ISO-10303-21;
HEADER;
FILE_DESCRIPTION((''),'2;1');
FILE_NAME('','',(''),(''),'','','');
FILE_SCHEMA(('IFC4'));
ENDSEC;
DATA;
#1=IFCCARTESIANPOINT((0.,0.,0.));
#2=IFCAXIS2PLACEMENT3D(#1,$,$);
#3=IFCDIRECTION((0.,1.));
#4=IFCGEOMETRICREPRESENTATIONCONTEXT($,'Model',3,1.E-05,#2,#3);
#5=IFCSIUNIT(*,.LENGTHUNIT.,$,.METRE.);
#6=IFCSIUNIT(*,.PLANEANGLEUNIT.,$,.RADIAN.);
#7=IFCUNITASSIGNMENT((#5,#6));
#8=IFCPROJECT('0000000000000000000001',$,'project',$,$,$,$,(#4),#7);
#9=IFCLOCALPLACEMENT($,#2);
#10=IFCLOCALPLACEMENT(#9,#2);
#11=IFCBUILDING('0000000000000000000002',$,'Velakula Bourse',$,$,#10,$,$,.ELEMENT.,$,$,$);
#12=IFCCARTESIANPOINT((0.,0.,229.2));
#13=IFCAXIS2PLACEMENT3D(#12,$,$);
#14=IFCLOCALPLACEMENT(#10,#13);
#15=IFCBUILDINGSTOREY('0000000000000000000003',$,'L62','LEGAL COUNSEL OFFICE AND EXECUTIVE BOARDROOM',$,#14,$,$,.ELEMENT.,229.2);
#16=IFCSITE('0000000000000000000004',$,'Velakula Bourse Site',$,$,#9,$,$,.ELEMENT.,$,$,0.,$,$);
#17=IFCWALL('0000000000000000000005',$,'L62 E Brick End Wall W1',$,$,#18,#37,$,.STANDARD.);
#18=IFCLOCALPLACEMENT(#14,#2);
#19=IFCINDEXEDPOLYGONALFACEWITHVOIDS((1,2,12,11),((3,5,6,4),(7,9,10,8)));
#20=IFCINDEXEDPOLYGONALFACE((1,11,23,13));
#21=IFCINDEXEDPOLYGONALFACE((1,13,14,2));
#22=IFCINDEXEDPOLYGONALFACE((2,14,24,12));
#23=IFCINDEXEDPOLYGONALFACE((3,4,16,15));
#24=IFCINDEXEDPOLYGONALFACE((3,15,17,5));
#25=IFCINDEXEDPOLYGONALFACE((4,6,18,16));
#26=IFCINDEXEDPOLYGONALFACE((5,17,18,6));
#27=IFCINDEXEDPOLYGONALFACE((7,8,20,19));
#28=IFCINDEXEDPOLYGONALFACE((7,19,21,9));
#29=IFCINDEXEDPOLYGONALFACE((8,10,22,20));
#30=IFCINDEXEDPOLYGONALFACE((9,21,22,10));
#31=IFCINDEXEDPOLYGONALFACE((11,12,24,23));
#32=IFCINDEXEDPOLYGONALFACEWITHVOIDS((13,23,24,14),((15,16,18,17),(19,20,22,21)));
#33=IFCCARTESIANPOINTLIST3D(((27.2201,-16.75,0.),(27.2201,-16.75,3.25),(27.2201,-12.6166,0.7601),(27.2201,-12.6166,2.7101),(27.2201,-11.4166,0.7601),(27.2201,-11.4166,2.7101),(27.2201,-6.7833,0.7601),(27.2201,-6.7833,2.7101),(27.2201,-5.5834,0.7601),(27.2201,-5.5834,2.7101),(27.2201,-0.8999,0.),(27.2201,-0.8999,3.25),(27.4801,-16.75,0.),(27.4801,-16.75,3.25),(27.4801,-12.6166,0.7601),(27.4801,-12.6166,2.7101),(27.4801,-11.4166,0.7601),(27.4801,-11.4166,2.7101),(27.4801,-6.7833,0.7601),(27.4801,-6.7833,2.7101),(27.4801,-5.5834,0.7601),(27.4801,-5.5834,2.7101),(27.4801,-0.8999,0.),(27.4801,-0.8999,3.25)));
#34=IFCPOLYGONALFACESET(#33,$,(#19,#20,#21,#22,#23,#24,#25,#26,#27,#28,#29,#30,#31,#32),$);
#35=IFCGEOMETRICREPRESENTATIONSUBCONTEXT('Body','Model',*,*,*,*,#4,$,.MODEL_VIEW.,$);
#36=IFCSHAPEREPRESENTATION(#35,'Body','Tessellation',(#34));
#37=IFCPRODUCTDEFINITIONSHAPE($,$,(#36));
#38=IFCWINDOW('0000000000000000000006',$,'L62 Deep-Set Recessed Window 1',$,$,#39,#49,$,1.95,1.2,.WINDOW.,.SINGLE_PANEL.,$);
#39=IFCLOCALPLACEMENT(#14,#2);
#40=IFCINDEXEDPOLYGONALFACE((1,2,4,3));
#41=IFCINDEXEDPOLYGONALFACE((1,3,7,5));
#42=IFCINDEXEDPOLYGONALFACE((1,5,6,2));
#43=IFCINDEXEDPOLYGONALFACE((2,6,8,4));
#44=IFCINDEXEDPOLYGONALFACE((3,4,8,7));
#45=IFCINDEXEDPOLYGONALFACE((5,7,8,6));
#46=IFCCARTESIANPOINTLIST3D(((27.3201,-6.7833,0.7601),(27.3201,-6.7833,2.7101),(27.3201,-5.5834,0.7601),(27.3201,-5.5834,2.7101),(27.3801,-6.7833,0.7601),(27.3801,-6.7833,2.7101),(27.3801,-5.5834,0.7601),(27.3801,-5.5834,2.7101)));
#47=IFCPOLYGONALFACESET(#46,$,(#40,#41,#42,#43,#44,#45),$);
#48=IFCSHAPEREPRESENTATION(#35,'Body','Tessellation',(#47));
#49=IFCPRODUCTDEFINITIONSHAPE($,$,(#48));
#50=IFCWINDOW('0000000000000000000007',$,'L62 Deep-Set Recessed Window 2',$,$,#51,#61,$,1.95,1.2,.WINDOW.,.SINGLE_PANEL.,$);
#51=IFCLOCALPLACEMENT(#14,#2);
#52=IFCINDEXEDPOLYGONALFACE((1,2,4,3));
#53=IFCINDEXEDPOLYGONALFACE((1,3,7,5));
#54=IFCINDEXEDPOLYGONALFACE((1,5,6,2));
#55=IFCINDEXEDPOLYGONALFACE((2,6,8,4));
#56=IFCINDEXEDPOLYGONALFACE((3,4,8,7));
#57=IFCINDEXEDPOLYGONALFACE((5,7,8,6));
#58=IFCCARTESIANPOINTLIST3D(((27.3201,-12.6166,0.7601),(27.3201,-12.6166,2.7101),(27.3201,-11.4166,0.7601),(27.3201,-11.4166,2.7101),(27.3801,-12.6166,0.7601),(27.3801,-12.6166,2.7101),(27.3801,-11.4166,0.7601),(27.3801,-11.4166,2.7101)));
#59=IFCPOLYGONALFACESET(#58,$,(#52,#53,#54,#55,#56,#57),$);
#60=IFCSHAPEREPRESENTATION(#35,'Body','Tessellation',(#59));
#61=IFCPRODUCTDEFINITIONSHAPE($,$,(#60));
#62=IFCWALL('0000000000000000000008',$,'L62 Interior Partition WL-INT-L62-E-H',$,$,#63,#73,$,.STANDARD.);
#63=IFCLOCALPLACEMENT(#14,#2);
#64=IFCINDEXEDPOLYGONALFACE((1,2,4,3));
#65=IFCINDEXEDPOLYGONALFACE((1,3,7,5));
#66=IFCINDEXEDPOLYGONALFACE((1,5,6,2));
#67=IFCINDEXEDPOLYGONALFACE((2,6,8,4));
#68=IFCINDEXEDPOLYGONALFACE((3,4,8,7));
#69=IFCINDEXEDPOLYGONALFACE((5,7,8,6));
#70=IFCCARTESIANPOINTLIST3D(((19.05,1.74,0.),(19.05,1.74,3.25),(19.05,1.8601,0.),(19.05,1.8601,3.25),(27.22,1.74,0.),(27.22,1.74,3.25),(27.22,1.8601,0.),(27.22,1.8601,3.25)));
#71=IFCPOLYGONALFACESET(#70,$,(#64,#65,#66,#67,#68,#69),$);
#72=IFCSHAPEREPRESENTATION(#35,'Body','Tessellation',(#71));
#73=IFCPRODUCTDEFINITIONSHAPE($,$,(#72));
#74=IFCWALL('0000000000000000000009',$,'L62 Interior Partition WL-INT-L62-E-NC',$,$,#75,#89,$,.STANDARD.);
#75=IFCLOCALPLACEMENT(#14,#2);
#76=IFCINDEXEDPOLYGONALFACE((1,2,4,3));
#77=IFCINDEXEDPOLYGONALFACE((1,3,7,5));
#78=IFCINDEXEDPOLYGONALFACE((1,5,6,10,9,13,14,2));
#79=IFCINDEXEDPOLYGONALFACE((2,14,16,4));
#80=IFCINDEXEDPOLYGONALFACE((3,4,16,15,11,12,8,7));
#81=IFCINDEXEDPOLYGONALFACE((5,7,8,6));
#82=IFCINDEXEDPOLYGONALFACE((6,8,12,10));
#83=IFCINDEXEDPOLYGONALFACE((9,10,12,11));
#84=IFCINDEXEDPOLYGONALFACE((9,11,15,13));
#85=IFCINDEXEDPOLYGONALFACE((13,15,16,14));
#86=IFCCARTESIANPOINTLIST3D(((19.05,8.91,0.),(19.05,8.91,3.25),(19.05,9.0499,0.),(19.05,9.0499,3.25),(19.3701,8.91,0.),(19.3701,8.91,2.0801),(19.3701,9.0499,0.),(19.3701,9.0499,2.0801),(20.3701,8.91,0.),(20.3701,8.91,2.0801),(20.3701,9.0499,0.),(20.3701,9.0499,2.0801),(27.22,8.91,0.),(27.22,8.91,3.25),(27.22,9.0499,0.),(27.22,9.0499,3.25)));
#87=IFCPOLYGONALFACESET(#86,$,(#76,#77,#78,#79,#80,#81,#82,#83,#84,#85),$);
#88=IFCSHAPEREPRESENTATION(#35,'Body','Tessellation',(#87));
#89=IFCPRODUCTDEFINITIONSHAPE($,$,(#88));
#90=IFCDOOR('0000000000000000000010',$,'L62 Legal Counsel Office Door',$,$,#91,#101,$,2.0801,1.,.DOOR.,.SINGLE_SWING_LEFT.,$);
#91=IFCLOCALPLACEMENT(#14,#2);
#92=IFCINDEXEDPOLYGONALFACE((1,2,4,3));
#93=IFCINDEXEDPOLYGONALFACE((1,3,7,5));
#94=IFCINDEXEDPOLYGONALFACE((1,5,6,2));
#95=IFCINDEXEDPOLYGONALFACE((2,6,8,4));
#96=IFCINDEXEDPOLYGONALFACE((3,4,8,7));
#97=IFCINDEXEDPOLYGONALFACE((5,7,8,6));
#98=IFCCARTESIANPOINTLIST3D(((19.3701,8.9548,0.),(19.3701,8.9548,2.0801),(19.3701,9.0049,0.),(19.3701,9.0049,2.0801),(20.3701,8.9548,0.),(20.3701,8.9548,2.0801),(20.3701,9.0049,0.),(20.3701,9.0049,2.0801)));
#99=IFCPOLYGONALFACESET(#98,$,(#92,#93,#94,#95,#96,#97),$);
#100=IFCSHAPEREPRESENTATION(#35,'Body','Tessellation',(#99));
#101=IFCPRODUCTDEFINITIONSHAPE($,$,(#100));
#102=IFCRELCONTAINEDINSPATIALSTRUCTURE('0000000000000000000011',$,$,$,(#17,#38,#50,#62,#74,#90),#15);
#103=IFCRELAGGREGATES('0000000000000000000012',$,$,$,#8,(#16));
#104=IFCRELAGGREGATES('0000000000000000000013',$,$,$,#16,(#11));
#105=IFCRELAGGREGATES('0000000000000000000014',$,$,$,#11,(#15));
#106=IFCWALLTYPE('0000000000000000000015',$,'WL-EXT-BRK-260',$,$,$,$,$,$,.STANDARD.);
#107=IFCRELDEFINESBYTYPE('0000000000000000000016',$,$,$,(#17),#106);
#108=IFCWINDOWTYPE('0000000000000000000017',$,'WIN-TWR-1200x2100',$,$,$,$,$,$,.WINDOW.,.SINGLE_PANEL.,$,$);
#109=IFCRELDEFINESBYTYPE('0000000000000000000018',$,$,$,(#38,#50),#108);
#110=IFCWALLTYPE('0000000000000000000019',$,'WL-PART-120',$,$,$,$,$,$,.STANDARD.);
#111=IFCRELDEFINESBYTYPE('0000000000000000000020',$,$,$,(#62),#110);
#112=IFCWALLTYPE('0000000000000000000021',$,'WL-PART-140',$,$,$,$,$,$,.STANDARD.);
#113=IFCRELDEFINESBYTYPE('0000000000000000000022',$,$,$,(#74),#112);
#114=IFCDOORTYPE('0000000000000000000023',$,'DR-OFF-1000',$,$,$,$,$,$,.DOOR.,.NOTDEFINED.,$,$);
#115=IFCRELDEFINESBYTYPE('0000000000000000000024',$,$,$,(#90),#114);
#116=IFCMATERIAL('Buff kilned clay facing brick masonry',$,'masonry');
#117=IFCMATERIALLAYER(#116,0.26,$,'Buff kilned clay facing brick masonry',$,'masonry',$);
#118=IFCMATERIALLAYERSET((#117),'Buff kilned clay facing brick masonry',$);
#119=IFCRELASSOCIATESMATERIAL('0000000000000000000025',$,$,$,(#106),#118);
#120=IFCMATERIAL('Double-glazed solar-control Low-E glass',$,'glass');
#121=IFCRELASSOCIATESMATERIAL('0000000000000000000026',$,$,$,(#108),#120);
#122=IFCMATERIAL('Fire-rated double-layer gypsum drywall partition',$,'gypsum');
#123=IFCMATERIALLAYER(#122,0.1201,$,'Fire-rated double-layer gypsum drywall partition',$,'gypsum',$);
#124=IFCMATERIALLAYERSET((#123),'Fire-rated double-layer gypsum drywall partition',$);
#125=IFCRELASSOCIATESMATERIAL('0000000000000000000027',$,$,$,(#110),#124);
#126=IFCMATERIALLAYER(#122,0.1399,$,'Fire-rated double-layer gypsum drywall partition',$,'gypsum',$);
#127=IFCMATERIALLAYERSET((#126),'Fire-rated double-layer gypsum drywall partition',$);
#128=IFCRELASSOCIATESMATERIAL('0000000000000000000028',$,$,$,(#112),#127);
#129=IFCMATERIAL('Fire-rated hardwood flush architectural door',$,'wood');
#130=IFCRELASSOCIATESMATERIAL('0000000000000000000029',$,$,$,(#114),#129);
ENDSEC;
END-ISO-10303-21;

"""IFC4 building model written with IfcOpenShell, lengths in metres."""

from ifc_helpers import new_model, si_unit, direction, frame, frame_2d, origin, place, context, subcontext, project, spatial, rectangle, extrude, material, layer, layer_set, type_object, element, fill, save


model = new_model("IFC4")

# Units and contexts
model_context = context("Model", 3, precision=1e-05, world=origin(), true_north=direction((0.0, 1.0)))
body_context = subcontext(model_context, "Body", "Model", "MODEL_VIEW")
ifc_project = project(units=[si_unit("LENGTHUNIT", "METRE"), si_unit("PLANEANGLEUNIT", "RADIAN")], contexts=[model_context])

# Site, building, storey
site_placement = place(None, origin())
site = spatial("IfcSite", under=ifc_project, at=site_placement, Name="Velakula Bourse Site", CompositionType="ELEMENT", RefElevation=0.0)
building_placement = place(site_placement, origin())
building = spatial("IfcBuilding", under=site, at=building_placement, Name="Velakula Bourse", CompositionType="ELEMENT")
storey_placement = place(building_placement, frame((0.0, 0.0, 229.2)))
storey = spatial("IfcBuildingStorey", under=building, at=storey_placement, Name="L62", Description="LEGAL COUNSEL OFFICE AND EXECUTIVE BOARDROOM", CompositionType="ELEMENT", Elevation=229.2)

# Wall, openings, windows
ifc_material_1 = material(Name="Buff kilned clay facing brick masonry", Category="masonry")
ifc_layer_1 = layer(ifc_material_1, 0.26, Name="Buff kilned clay facing brick masonry", Category="masonry")
ifc_layer_set_1 = layer_set([ifc_layer_1], Name="Buff kilned clay facing brick masonry")
wall_type_1 = type_object("IfcWallType", Name="WL-EXT-BRK-260", PredefinedType="STANDARD", material=ifc_layer_set_1)
wall_1_placement = place(storey_placement, frame((27.3501, -0.8999, 0.0), z_axis=(0.0, 0.0, 1.0), x_axis=(0.0, -1.0, 0.0)))
wall_1 = element("IfcWall", 1, at=wall_1_placement, inside=storey, type_object=wall_type_1, Name="L62 E Brick End Wall W1", PredefinedType="STANDARD", context=body_context, shape_type="SweptSolid", body=[
    extrude(rectangle(XDim=15.8501, YDim=0.26, at=frame_2d((7.925, 0.0))), origin(), (0.0, 0.0, 1.0), 3.25),
])
opening_1_placement = place(wall_1_placement, frame((4.6833, 0.0, 0.76)))
opening_1 = element("IfcOpeningElement", 2, at=opening_1_placement, cuts=wall_1, PredefinedType="OPENING", context=body_context, shape_type="SweptSolid", body=[
    extrude(rectangle(XDim=1.2, YDim=1.95, at=frame_2d((0.6001, 0.9751))), frame((0.0, 0.1399, 0.0), z_axis=(0.0, -1.0, 0.0), x_axis=(1.0, 0.0, 0.0)), (0.0, 0.0, 1.0), 0.28),
])
opening_2_placement = place(wall_1_placement, frame((10.5166, 0.0, 0.76)))
opening_2 = element("IfcOpeningElement", 3, at=opening_2_placement, cuts=wall_1, PredefinedType="OPENING", context=body_context, shape_type="SweptSolid", body=[
    extrude(rectangle(XDim=1.2, YDim=1.95, at=frame_2d((0.6001, 0.9751))), frame((0.0, 0.1399, 0.0), z_axis=(0.0, -1.0, 0.0), x_axis=(1.0, 0.0, 0.0)), (0.0, 0.0, 1.0), 0.28),
])
ifc_material_2 = material(Name="Double-glazed solar-control Low-E glass", Category="glass")
window_type = type_object("IfcWindowType", Name="WIN-TWR-1200x2100", PartitioningType="SINGLE_PANEL", PredefinedType="WINDOW", material=ifc_material_2)
window_1_placement = place(opening_1_placement, origin())
window_1 = element("IfcWindow", 4, at=window_1_placement, inside=storey, type_object=window_type, Name="L62 Deep-Set Recessed Window 1", OverallHeight=1.95, OverallWidth=1.2, PartitioningType="SINGLE_PANEL", PredefinedType="WINDOW", context=body_context, shape_type="SweptSolid", body=[
    extrude(rectangle(XDim=1.2, YDim=1.95, at=frame_2d((0.6001, 0.9751))), frame((0.0, 0.03, 0.0), z_axis=(0.0, -1.0, 0.0), x_axis=(1.0, 0.0, 0.0)), (0.0, 0.0, 1.0), 0.0601),
])
fill(opening_1, window_1)
window_2_placement = place(opening_2_placement, origin())
window_2 = element("IfcWindow", 5, at=window_2_placement, inside=storey, type_object=window_type, Name="L62 Deep-Set Recessed Window 2", OverallHeight=1.95, OverallWidth=1.2, PartitioningType="SINGLE_PANEL", PredefinedType="WINDOW", context=body_context, shape_type="SweptSolid", body=[
    extrude(rectangle(XDim=1.2, YDim=1.95, at=frame_2d((0.6001, 0.9751))), frame((0.0, 0.03, 0.0), z_axis=(0.0, -1.0, 0.0), x_axis=(1.0, 0.0, 0.0)), (0.0, 0.0, 1.0), 0.0601),
])
fill(opening_2, window_2)

# Wall
ifc_material_3 = material(Name="Fire-rated double-layer gypsum drywall partition", Category="gypsum")
ifc_layer_2 = layer(ifc_material_3, 0.1201, Name="Fire-rated double-layer gypsum drywall partition", Category="gypsum")
ifc_layer_set_2 = layer_set([ifc_layer_2], Name="Fire-rated double-layer gypsum drywall partition")
wall_type_2 = type_object("IfcWallType", Name="WL-PART-120", PredefinedType="STANDARD", material=ifc_layer_set_2)
wall_2_placement = place(storey_placement, frame((19.05, 1.8, 0.0), z_axis=(0.0, 0.0, 1.0), x_axis=(1.0, 0.0, 0.0)))
element("IfcWall", 6, at=wall_2_placement, inside=storey, type_object=wall_type_2, Name="L62 Interior Partition WL-INT-L62-E-H", PredefinedType="STANDARD", context=body_context, shape_type="SweptSolid", body=[
    extrude(rectangle(XDim=8.1699, YDim=0.1201, at=frame_2d((4.085, 0.0))), origin(), (0.0, 0.0, 1.0), 3.25),
])

# Wall, opening, door
ifc_layer_3 = layer(ifc_material_3, 0.1399, Name="Fire-rated double-layer gypsum drywall partition", Category="gypsum")
ifc_layer_set_3 = layer_set([ifc_layer_3], Name="Fire-rated double-layer gypsum drywall partition")
wall_type_3 = type_object("IfcWallType", Name="WL-PART-140", PredefinedType="STANDARD", material=ifc_layer_set_3)
wall_3_placement = place(storey_placement, frame((19.05, 8.98, 0.0), z_axis=(0.0, 0.0, 1.0), x_axis=(1.0, 0.0, 0.0)))
wall_3 = element("IfcWall", 7, at=wall_3_placement, inside=storey, type_object=wall_type_3, Name="L62 Interior Partition WL-INT-L62-E-NC", PredefinedType="STANDARD", context=body_context, shape_type="SweptSolid", body=[
    extrude(rectangle(XDim=8.1699, YDim=0.1399, at=frame_2d((4.085, 0.0))), origin(), (0.0, 0.0, 1.0), 3.25),
])
opening_3_placement = place(wall_3_placement, frame((0.3201, 0.0, 0.0)))
opening_3 = element("IfcOpeningElement", 8, at=opening_3_placement, cuts=wall_3, PredefinedType="OPENING", context=body_context, shape_type="SweptSolid", body=[
    extrude(rectangle(XDim=1.0, YDim=2.0801, at=frame_2d((0.5, 1.04))), frame((0.0, 0.0798, 0.0), z_axis=(0.0, -1.0, 0.0), x_axis=(1.0, 0.0, 0.0)), (0.0, 0.0, 1.0), 0.1599),
])
ifc_material_4 = material(Name="Fire-rated hardwood flush architectural door", Category="wood")
door_type = type_object("IfcDoorType", Name="DR-OFF-1000", OperationType="NOTDEFINED", PredefinedType="DOOR", material=ifc_material_4)
door_placement = place(opening_3_placement, origin())
door = element("IfcDoor", 9, at=door_placement, inside=storey, type_object=door_type, Name="L62 Legal Counsel Office Door", OperationType="SINGLE_SWING_LEFT", OverallHeight=2.0801, OverallWidth=1.0, PredefinedType="DOOR", context=body_context, shape_type="SweptSolid", body=[
    extrude(rectangle(XDim=1.0, YDim=2.0801, at=frame_2d((0.5, 1.04))), frame((0.0, 0.0249, 0.0), z_axis=(0.0, -1.0, 0.0), x_axis=(1.0, 0.0, 0.0)), (0.0, 0.0, 1.0), 0.05),
])
fill(opening_3, door)

save(model, "model.ifc")
